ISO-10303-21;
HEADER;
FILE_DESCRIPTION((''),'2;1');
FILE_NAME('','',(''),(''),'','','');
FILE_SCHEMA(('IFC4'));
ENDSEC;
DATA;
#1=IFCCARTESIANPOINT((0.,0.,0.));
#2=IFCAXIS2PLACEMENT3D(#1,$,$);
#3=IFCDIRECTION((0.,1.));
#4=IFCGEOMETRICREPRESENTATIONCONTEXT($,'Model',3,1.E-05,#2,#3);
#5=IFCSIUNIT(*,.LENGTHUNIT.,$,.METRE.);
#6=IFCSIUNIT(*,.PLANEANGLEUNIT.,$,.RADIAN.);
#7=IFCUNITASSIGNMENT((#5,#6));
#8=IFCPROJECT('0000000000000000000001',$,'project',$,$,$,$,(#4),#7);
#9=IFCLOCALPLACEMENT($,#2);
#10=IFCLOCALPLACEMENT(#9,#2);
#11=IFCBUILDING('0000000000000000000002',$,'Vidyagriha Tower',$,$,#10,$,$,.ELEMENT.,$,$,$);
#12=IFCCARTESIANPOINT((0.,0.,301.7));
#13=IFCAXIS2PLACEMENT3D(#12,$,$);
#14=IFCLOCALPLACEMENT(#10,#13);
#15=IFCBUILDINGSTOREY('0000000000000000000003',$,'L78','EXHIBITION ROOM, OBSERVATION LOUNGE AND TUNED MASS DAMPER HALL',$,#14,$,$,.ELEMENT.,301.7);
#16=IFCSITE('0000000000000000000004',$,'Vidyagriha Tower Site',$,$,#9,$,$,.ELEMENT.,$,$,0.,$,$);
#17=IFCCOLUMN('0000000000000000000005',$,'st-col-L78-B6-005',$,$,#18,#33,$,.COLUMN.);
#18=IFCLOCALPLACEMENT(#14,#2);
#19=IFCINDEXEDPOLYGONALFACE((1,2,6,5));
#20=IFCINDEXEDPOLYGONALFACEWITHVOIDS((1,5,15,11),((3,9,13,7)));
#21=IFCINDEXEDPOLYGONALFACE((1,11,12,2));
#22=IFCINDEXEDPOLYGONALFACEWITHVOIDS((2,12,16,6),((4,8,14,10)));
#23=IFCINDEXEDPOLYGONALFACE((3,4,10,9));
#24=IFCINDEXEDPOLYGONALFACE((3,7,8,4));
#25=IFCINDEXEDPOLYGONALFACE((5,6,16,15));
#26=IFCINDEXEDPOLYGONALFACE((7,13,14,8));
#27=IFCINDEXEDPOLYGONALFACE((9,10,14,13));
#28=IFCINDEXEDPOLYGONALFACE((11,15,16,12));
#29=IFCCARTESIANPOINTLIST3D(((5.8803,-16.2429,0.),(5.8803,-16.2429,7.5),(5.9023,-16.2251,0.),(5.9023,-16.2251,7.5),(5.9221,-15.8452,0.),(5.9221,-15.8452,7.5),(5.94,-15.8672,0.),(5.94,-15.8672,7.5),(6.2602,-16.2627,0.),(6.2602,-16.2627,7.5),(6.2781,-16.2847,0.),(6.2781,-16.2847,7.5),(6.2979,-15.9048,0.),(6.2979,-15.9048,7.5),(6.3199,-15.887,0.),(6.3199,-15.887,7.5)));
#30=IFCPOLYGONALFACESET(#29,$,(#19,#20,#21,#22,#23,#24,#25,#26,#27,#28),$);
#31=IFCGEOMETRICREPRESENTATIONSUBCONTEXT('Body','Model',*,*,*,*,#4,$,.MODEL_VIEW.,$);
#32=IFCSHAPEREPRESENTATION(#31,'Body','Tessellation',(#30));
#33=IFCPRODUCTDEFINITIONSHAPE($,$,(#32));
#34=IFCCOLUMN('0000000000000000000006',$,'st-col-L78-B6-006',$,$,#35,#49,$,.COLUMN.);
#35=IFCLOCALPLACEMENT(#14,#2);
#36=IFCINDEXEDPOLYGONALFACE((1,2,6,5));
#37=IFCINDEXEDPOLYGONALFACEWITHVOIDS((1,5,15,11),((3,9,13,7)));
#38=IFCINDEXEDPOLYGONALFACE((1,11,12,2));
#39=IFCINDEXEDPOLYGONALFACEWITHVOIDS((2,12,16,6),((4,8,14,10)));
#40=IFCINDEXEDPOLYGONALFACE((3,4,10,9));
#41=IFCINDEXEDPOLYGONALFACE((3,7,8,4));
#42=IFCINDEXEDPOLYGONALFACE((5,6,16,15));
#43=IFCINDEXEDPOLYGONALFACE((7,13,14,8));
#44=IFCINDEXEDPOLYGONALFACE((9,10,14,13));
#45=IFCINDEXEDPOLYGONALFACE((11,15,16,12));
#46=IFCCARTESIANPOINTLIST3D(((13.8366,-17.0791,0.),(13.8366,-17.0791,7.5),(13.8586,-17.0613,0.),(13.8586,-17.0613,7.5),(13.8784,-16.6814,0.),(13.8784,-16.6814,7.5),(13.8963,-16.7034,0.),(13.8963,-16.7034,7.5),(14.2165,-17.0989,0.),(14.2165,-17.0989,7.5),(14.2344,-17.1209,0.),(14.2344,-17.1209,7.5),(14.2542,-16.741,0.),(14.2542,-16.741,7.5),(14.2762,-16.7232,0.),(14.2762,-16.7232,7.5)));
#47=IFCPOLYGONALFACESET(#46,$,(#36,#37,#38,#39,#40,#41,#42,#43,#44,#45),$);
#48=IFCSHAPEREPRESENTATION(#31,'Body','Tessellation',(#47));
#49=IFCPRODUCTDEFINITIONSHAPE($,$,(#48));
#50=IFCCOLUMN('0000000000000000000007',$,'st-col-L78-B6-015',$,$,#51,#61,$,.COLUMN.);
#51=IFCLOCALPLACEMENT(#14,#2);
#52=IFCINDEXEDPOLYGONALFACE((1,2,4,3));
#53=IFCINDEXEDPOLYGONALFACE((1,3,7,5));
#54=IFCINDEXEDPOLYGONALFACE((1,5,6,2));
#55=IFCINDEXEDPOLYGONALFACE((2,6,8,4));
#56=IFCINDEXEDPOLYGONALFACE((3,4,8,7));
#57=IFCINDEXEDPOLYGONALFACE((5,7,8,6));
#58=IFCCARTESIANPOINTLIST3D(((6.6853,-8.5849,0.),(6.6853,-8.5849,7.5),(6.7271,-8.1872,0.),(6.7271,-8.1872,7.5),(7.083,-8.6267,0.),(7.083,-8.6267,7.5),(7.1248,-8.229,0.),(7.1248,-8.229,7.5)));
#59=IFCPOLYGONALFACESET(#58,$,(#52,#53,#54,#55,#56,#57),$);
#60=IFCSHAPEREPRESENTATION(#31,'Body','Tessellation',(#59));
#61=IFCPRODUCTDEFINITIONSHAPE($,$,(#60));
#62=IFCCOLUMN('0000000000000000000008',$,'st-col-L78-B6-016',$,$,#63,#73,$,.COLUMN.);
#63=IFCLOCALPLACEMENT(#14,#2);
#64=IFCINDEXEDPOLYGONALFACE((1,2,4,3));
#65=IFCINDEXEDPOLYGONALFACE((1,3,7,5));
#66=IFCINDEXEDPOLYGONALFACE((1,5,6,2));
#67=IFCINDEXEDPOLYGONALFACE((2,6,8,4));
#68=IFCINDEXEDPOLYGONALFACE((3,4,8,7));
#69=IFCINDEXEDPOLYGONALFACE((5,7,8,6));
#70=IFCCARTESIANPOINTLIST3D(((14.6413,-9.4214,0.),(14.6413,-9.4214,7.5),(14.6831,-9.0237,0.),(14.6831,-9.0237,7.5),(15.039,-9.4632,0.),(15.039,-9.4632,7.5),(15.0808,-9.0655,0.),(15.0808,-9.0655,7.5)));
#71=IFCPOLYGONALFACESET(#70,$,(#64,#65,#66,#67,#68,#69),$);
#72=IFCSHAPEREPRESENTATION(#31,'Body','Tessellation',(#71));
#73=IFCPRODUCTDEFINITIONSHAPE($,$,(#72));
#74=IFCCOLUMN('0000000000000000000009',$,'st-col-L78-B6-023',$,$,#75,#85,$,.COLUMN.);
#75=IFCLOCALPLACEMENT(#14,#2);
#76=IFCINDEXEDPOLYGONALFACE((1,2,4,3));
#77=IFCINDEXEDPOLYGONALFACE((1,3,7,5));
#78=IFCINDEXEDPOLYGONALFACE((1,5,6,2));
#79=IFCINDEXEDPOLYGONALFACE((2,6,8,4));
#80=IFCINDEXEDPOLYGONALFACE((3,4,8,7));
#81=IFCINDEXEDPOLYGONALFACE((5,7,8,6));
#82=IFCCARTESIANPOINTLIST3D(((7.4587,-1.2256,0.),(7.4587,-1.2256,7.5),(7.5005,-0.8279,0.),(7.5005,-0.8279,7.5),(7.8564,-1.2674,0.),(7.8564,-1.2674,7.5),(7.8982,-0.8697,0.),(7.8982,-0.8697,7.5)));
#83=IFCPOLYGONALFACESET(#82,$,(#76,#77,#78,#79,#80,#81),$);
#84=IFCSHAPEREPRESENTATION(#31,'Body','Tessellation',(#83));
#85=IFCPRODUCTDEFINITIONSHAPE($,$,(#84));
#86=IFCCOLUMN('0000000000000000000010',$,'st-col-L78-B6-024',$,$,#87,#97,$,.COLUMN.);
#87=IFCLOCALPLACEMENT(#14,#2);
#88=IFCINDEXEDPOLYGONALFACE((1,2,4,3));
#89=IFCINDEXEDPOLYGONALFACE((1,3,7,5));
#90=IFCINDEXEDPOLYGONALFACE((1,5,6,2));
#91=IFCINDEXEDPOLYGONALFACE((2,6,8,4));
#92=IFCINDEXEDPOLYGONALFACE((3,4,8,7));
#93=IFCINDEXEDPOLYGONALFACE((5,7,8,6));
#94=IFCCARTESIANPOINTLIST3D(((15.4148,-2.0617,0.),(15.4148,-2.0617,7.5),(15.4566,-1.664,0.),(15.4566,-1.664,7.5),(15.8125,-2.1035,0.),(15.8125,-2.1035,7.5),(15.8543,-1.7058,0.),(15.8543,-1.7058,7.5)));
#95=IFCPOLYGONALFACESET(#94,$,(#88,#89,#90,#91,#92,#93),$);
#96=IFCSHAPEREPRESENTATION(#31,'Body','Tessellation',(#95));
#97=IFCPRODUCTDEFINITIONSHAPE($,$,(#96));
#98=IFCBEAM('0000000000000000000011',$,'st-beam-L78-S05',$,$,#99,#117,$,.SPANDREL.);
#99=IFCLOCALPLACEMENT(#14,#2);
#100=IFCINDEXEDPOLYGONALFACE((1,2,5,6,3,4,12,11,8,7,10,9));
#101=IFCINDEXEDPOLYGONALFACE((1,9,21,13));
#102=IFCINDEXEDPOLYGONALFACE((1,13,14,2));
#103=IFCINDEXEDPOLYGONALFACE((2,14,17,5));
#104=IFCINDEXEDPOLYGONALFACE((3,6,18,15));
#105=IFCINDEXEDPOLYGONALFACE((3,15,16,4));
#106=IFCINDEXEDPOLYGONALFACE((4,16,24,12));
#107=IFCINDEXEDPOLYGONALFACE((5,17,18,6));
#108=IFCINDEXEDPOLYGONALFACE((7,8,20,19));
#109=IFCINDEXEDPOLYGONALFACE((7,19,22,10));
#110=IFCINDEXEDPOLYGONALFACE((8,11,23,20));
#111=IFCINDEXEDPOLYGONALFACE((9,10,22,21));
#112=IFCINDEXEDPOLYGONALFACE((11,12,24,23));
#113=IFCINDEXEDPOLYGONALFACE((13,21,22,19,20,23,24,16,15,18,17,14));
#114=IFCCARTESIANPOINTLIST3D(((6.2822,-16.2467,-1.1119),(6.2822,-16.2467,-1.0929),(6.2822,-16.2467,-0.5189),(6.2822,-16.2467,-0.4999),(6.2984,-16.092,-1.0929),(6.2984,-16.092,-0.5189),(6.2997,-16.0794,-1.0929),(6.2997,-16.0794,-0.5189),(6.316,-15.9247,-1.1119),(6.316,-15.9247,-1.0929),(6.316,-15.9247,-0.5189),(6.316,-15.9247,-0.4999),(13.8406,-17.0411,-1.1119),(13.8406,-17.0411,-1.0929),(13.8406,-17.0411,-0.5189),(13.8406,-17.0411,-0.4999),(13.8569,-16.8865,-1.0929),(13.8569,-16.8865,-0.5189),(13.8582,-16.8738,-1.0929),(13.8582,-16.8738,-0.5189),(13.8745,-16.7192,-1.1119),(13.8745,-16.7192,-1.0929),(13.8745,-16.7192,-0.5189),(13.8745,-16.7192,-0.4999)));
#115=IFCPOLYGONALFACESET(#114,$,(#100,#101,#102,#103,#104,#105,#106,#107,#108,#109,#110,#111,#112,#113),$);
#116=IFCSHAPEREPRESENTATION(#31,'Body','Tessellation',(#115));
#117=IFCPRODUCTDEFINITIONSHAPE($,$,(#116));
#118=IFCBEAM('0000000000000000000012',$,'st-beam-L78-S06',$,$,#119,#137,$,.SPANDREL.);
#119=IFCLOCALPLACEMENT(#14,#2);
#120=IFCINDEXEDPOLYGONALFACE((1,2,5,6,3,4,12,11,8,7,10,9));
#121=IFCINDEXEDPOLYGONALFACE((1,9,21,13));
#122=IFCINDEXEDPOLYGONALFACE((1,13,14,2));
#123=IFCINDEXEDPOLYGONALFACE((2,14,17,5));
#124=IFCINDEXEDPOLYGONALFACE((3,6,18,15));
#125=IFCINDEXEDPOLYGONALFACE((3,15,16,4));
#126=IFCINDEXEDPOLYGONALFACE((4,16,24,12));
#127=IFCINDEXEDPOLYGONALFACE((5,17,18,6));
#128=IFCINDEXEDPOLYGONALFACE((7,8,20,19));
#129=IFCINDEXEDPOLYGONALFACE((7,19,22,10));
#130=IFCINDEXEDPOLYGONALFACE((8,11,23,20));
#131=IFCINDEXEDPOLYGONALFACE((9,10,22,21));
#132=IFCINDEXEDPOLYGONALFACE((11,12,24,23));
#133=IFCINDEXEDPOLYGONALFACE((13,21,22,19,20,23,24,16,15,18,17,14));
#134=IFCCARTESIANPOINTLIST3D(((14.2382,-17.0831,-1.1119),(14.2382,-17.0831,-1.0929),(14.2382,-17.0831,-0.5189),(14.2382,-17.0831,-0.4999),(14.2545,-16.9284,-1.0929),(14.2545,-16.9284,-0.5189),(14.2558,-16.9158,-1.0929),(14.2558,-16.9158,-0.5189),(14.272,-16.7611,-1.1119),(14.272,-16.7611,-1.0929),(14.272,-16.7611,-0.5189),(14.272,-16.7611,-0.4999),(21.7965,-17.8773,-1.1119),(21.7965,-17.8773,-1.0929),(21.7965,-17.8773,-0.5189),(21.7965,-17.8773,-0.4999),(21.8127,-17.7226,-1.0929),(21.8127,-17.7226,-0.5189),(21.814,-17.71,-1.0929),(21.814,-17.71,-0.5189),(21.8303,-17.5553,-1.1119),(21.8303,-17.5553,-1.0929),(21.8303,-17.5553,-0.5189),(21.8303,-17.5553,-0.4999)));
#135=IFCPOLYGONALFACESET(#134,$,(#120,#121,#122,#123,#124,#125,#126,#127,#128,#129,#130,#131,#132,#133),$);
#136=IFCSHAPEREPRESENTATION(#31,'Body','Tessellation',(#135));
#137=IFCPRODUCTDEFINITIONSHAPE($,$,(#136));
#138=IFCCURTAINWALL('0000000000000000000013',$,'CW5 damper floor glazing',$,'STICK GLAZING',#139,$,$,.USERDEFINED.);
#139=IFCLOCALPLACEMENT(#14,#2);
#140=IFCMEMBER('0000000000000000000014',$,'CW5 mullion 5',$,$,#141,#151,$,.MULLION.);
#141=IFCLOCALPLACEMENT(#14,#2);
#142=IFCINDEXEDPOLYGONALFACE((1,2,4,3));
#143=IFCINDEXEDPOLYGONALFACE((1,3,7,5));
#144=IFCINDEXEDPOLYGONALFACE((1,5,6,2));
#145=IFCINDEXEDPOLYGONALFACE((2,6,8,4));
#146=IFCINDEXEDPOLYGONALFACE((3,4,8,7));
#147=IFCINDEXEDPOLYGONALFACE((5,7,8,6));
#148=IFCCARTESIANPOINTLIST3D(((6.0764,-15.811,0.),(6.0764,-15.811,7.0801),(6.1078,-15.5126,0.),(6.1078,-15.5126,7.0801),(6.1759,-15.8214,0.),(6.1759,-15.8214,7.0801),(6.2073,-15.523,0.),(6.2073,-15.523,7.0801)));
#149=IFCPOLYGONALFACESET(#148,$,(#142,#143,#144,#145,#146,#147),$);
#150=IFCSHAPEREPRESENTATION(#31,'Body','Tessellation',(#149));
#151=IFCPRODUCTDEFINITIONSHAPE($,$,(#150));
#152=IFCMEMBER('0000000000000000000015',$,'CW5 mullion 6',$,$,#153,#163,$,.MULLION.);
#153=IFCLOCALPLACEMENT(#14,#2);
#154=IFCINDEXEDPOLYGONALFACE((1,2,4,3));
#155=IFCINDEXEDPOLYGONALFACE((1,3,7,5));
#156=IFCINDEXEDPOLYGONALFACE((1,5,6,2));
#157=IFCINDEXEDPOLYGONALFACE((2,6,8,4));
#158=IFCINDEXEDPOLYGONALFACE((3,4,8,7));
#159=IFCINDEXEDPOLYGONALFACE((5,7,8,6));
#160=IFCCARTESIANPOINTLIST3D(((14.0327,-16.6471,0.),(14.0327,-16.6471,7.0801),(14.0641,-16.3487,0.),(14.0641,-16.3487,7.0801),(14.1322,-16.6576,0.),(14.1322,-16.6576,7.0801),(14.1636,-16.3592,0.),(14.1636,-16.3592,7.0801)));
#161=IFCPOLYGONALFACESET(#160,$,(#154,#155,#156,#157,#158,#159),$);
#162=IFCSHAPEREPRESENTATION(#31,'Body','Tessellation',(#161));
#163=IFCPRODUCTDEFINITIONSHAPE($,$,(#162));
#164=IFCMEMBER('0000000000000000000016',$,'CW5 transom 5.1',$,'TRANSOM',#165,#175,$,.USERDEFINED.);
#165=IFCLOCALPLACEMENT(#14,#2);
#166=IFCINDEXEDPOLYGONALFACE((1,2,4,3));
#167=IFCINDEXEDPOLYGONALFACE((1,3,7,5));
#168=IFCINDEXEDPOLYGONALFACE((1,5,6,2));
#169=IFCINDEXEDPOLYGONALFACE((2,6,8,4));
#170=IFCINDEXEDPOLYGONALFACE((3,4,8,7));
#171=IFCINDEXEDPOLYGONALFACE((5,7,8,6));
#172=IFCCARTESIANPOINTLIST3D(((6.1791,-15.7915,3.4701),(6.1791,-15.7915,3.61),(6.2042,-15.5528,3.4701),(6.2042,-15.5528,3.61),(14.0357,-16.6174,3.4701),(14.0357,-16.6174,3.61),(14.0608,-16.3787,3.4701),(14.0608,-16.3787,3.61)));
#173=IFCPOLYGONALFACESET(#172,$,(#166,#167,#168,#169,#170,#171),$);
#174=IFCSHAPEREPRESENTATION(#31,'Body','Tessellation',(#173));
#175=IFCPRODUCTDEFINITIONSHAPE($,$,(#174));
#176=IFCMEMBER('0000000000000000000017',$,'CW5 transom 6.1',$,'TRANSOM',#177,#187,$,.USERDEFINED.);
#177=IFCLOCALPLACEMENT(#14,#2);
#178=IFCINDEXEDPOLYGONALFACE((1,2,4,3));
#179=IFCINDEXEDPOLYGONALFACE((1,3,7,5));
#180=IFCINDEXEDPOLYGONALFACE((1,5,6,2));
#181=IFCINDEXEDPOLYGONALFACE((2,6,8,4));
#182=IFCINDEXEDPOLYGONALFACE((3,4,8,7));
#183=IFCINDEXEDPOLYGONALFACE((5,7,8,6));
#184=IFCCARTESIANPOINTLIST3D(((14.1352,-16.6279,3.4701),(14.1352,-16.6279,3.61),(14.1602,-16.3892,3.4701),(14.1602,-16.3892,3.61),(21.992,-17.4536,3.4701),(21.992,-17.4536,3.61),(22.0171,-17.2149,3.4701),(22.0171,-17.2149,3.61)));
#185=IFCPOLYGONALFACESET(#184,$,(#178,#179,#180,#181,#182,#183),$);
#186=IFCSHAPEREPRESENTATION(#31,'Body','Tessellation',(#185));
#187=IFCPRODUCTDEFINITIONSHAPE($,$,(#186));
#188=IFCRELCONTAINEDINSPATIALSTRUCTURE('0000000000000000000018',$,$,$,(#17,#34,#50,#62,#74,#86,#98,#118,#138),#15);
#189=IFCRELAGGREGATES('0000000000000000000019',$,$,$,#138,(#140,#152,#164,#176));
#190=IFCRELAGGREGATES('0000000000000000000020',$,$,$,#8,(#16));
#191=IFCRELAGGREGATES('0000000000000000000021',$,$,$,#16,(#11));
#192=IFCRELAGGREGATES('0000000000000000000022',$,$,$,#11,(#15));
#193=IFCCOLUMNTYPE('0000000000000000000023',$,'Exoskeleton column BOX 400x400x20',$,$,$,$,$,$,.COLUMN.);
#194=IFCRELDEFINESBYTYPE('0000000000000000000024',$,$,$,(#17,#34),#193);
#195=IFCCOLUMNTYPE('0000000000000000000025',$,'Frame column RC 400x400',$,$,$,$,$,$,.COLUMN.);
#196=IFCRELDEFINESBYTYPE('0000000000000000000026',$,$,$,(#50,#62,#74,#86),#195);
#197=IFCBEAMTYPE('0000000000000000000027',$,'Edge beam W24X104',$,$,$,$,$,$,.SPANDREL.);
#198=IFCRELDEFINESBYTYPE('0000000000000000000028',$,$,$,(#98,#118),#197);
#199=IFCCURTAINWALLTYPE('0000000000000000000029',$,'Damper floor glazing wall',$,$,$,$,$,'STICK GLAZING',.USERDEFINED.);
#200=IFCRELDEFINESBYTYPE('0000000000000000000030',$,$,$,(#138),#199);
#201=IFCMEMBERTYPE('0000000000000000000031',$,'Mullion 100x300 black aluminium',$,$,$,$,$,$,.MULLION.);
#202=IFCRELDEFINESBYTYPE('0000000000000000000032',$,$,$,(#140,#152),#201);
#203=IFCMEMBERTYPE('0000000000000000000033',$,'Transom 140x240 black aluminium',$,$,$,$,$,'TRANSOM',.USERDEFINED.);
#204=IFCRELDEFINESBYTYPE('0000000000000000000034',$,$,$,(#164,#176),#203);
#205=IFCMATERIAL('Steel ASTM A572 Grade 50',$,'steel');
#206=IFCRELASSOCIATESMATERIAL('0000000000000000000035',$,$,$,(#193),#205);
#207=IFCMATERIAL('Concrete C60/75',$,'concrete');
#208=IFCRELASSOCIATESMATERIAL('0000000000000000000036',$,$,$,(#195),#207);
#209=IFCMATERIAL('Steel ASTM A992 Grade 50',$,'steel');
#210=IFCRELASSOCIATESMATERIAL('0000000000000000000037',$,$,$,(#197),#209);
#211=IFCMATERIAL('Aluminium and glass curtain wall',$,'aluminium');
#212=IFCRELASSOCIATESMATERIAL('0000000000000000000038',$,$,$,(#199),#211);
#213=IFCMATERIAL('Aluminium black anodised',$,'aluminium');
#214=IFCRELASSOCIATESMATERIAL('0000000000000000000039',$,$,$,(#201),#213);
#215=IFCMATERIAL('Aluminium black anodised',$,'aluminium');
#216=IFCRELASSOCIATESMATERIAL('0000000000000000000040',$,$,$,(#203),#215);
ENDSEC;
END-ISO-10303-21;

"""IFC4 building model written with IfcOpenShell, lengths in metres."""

from ifc_helpers import new_model, si_unit, direction, frame, origin, origin_2d, place, context, subcontext, project, spatial, rectangle, hollow_rectangle, i_section, extrude, material, material_profile, profile_set, type_object, element, aggregate, save


model = new_model("IFC4")

# Units and contexts
model_context = context("Model", 3, precision=1e-05, world=origin(), true_north=direction((0.0, 1.0)))
body_context = subcontext(model_context, "Body", "Model", "MODEL_VIEW")
ifc_project = project(units=[si_unit("LENGTHUNIT", "METRE"), si_unit("PLANEANGLEUNIT", "RADIAN")], contexts=[model_context])

# Site, building, storey
site_placement = place(None, origin())
site = spatial("IfcSite", under=ifc_project, at=site_placement, Name="Vidyagriha Tower Site", CompositionType="ELEMENT", RefElevation=0.0)
building_placement = place(site_placement, origin())
building = spatial("IfcBuilding", under=site, at=building_placement, Name="Vidyagriha Tower", CompositionType="ELEMENT")
storey_placement = place(building_placement, frame((0.0, 0.0, 301.7)))
storey = spatial("IfcBuildingStorey", under=building, at=storey_placement, Name="L78", Description="EXHIBITION ROOM, OBSERVATION LOUNGE AND TUNED MASS DAMPER HALL", CompositionType="ELEMENT", Elevation=301.7)

# Columns
ifc_material_1 = material(Name="Steel ASTM A572 Grade 50", Category="steel")
ifc_material_profile_1 = material_profile(ifc_material_1, hollow_rectangle(XDim=0.3999, YDim=0.3999, WallThickness=0.02, at=origin_2d()), Name="BOX 400x400x20")
ifc_profile_set_1 = profile_set([ifc_material_profile_1], Name="Steel ASTM A572 Grade 50")
column_type_1 = type_object("IfcColumnType", Name="Exoskeleton column BOX 400x400x20", PredefinedType="COLUMN", material=ifc_profile_set_1)
for number, where, z_axis, x_axis, name in (
    (1, (6.1001, -16.0649, 0.0), (0.0, 0.0, 1.0), (0.994522, -0.104528, 0.0), "st-col-L78-B6-005"),
    (2, (14.0564, -16.9011, 0.0), (0.0, 0.0, 1.0), (0.994522, -0.104528, 0.0), "st-col-L78-B6-006"),
):
    element("IfcColumn", number, at=place(storey_placement, frame(where, z_axis=z_axis, x_axis=x_axis)), inside=storey, type_object=column_type_1, Name=name, PredefinedType="COLUMN", context=body_context, shape_type="SweptSolid", body=[
        extrude(hollow_rectangle(XDim=0.3999, YDim=0.3999, WallThickness=0.02, at=origin_2d()), origin(), (0.0, 0.0, 1.0), 7.5),
    ])
ifc_material_2 = material(Name="Concrete C60/75", Category="concrete")
ifc_material_profile_2 = material_profile(ifc_material_2, rectangle(XDim=0.3999, YDim=0.3999, at=origin_2d()), Name="RC 400x400")
ifc_profile_set_2 = profile_set([ifc_material_profile_2], Name="Concrete C60/75")
column_type_2 = type_object("IfcColumnType", Name="Frame column RC 400x400", PredefinedType="COLUMN", material=ifc_profile_set_2)
for number, where, z_axis, x_axis, name in (
    (3, (6.905, -8.407, 0.0), (0.0, 0.0, 1.0), (0.994522, -0.104528, 0.0), "st-col-L78-B6-015"),
    (4, (14.8611, -9.2434, 0.0), (0.0, 0.0, 1.0), (0.994522, -0.104528, 0.0), "st-col-L78-B6-016"),
    (5, (7.6785, -1.0476, 0.0), (0.0, 0.0, 1.0), (0.994522, -0.104528, 0.0), "st-col-L78-B6-023"),
    (6, (15.6345, -1.8838, 0.0), (0.0, 0.0, 1.0), (0.994522, -0.104528, 0.0), "st-col-L78-B6-024"),
):
    element("IfcColumn", number, at=place(storey_placement, frame(where, z_axis=z_axis, x_axis=x_axis)), inside=storey, type_object=column_type_2, Name=name, PredefinedType="COLUMN", context=body_context, shape_type="SweptSolid", body=[
        extrude(rectangle(XDim=0.3999, YDim=0.3999, at=origin_2d()), origin(), (0.0, 0.0, 1.0), 7.5),
    ])

# Beams
ifc_material_3 = material(Name="Steel ASTM A992 Grade 50", Category="steel")
ifc_material_profile_3 = material_profile(ifc_material_3, i_section(OverallWidth=0.3237, OverallDepth=0.6121, WebThickness=0.0127, FlangeThickness=0.019, at=origin_2d()), Name="W24X104")
ifc_profile_set_3 = profile_set([ifc_material_profile_3], Name="Steel ASTM A992 Grade 50")
beam_type = type_object("IfcBeamType", Name="Edge beam W24X104", PredefinedType="SPANDREL", material=ifc_profile_set_3)
beam_1_placement = place(storey_placement, frame((6.2991, -16.0857, -0.8059), z_axis=(0.994522, -0.104531, 0.0), x_axis=(0.104531, 0.994522, 0.0)))
element("IfcBeam", 7, at=beam_1_placement, inside=storey, type_object=beam_type, Name="st-beam-L78-S05", PredefinedType="SPANDREL", context=body_context, shape_type="SweptSolid", body=[
    extrude(i_section(OverallWidth=0.3237, OverallDepth=0.6121, WebThickness=0.0127, FlangeThickness=0.019, at=origin_2d()), origin(), (0.0, 0.0, 1.0), 7.6001),
])
beam_2_placement = place(storey_placement, frame((14.2551, -16.9221, -0.8059), z_axis=(0.994525, -0.104499, 0.0), x_axis=(0.104499, 0.994525, 0.0)))
element("IfcBeam", 8, at=beam_2_placement, inside=storey, type_object=beam_type, Name="st-beam-L78-S06", PredefinedType="SPANDREL", context=body_context, shape_type="SweptSolid", body=[
    extrude(i_section(OverallWidth=0.3237, OverallDepth=0.6121, WebThickness=0.0127, FlangeThickness=0.019, at=origin_2d()), origin(), (0.0, 0.0, 1.0), 7.5999),
])

# Curtain wall, members
ifc_material_4 = material(Name="Aluminium and glass curtain wall", Category="aluminium")
curtain_wall_type = type_object("IfcCurtainWallType", Name="Damper floor glazing wall", ElementType="STICK GLAZING", PredefinedType="USERDEFINED", material=ifc_material_4)
curtain_wall_placement = place(storey_placement, origin())
curtain_wall = element("IfcCurtainWall", 9, at=curtain_wall_placement, inside=storey, type_object=curtain_wall_type, Name="CW5 damper floor glazing", ObjectType="STICK GLAZING", PredefinedType="USERDEFINED")
ifc_material_5 = material(Name="Aluminium black anodised", Category="aluminium")
ifc_material_profile_4 = material_profile(ifc_material_5, rectangle(XDim=0.3, YDim=0.1001, at=origin_2d()), Name="Mullion 100x300 black aluminium")
ifc_profile_set_4 = profile_set([ifc_material_profile_4], Name="Aluminium black anodised")
member_type_1 = type_object("IfcMemberType", Name="Mullion 100x300 black aluminium", PredefinedType="MULLION", material=ifc_profile_set_4)
member_1_placement = place(storey_placement, frame((6.1418, -15.667, 0.0), z_axis=(0.0, 0.0, 1.0), x_axis=(0.104528, 0.994522, 0.0)))
member_1 = element("IfcMember", 10, at=member_1_placement, type_object=member_type_1, Name="CW5 mullion 5", PredefinedType="MULLION", context=body_context, shape_type="SweptSolid", body=[
    extrude(rectangle(XDim=0.3, YDim=0.1001, at=origin_2d()), origin(), (0.0, 0.0, 1.0), 7.0801),
])
member_2_placement = place(storey_placement, frame((14.0981, -16.5032, 0.0), z_axis=(0.0, 0.0, 1.0), x_axis=(0.104528, 0.994522, 0.0)))
member_2 = element("IfcMember", 11, at=member_2_placement, type_object=member_type_1, Name="CW5 mullion 6", PredefinedType="MULLION", context=body_context, shape_type="SweptSolid", body=[
    extrude(rectangle(XDim=0.3, YDim=0.1001, at=origin_2d()), origin(), (0.0, 0.0, 1.0), 7.0801),
])
ifc_material_6 = material(Name="Aluminium black anodised", Category="aluminium")
ifc_material_profile_5 = material_profile(ifc_material_6, rectangle(XDim=0.24, YDim=0.1399, at=origin_2d()), Name="Transom 140x240 black aluminium")
ifc_profile_set_5 = profile_set([ifc_material_profile_5], Name="Aluminium black anodised")
member_type_2 = type_object("IfcMemberType", Name="Transom 140x240 black aluminium", ElementType="TRANSOM", PredefinedType="USERDEFINED", material=ifc_profile_set_5)
member_3_placement = place(storey_placement, frame((6.1917, -15.6721, 3.54), z_axis=(0.99452, -0.104548, 0.0), x_axis=(0.104548, 0.99452, 0.0)))
member_3 = element("IfcMember", 12, at=member_3_placement, type_object=member_type_2, Name="CW5 transom 5.1", ObjectType="TRANSOM", PredefinedType="USERDEFINED", context=body_context, shape_type="SweptSolid", body=[
    extrude(rectangle(XDim=0.24, YDim=0.1399, at=origin_2d()), origin(), (0.0, 0.0, 1.0), 7.8999),
])
member_4_placement = place(storey_placement, frame((14.1477, -16.5085, 3.54), z_axis=(0.994523, -0.104514, 0.0), x_axis=(0.104514, 0.994523, 0.0)))
member_4 = element("IfcMember", 13, at=member_4_placement, type_object=member_type_2, Name="CW5 transom 6.1", ObjectType="TRANSOM", PredefinedType="USERDEFINED", context=body_context, shape_type="SweptSolid", body=[
    extrude(rectangle(XDim=0.24, YDim=0.1399, at=origin_2d()), origin(), (0.0, 0.0, 1.0), 7.9001),
])
aggregate(curtain_wall, [member_1, member_2, member_3, member_4])

save(model, "model.ifc")
